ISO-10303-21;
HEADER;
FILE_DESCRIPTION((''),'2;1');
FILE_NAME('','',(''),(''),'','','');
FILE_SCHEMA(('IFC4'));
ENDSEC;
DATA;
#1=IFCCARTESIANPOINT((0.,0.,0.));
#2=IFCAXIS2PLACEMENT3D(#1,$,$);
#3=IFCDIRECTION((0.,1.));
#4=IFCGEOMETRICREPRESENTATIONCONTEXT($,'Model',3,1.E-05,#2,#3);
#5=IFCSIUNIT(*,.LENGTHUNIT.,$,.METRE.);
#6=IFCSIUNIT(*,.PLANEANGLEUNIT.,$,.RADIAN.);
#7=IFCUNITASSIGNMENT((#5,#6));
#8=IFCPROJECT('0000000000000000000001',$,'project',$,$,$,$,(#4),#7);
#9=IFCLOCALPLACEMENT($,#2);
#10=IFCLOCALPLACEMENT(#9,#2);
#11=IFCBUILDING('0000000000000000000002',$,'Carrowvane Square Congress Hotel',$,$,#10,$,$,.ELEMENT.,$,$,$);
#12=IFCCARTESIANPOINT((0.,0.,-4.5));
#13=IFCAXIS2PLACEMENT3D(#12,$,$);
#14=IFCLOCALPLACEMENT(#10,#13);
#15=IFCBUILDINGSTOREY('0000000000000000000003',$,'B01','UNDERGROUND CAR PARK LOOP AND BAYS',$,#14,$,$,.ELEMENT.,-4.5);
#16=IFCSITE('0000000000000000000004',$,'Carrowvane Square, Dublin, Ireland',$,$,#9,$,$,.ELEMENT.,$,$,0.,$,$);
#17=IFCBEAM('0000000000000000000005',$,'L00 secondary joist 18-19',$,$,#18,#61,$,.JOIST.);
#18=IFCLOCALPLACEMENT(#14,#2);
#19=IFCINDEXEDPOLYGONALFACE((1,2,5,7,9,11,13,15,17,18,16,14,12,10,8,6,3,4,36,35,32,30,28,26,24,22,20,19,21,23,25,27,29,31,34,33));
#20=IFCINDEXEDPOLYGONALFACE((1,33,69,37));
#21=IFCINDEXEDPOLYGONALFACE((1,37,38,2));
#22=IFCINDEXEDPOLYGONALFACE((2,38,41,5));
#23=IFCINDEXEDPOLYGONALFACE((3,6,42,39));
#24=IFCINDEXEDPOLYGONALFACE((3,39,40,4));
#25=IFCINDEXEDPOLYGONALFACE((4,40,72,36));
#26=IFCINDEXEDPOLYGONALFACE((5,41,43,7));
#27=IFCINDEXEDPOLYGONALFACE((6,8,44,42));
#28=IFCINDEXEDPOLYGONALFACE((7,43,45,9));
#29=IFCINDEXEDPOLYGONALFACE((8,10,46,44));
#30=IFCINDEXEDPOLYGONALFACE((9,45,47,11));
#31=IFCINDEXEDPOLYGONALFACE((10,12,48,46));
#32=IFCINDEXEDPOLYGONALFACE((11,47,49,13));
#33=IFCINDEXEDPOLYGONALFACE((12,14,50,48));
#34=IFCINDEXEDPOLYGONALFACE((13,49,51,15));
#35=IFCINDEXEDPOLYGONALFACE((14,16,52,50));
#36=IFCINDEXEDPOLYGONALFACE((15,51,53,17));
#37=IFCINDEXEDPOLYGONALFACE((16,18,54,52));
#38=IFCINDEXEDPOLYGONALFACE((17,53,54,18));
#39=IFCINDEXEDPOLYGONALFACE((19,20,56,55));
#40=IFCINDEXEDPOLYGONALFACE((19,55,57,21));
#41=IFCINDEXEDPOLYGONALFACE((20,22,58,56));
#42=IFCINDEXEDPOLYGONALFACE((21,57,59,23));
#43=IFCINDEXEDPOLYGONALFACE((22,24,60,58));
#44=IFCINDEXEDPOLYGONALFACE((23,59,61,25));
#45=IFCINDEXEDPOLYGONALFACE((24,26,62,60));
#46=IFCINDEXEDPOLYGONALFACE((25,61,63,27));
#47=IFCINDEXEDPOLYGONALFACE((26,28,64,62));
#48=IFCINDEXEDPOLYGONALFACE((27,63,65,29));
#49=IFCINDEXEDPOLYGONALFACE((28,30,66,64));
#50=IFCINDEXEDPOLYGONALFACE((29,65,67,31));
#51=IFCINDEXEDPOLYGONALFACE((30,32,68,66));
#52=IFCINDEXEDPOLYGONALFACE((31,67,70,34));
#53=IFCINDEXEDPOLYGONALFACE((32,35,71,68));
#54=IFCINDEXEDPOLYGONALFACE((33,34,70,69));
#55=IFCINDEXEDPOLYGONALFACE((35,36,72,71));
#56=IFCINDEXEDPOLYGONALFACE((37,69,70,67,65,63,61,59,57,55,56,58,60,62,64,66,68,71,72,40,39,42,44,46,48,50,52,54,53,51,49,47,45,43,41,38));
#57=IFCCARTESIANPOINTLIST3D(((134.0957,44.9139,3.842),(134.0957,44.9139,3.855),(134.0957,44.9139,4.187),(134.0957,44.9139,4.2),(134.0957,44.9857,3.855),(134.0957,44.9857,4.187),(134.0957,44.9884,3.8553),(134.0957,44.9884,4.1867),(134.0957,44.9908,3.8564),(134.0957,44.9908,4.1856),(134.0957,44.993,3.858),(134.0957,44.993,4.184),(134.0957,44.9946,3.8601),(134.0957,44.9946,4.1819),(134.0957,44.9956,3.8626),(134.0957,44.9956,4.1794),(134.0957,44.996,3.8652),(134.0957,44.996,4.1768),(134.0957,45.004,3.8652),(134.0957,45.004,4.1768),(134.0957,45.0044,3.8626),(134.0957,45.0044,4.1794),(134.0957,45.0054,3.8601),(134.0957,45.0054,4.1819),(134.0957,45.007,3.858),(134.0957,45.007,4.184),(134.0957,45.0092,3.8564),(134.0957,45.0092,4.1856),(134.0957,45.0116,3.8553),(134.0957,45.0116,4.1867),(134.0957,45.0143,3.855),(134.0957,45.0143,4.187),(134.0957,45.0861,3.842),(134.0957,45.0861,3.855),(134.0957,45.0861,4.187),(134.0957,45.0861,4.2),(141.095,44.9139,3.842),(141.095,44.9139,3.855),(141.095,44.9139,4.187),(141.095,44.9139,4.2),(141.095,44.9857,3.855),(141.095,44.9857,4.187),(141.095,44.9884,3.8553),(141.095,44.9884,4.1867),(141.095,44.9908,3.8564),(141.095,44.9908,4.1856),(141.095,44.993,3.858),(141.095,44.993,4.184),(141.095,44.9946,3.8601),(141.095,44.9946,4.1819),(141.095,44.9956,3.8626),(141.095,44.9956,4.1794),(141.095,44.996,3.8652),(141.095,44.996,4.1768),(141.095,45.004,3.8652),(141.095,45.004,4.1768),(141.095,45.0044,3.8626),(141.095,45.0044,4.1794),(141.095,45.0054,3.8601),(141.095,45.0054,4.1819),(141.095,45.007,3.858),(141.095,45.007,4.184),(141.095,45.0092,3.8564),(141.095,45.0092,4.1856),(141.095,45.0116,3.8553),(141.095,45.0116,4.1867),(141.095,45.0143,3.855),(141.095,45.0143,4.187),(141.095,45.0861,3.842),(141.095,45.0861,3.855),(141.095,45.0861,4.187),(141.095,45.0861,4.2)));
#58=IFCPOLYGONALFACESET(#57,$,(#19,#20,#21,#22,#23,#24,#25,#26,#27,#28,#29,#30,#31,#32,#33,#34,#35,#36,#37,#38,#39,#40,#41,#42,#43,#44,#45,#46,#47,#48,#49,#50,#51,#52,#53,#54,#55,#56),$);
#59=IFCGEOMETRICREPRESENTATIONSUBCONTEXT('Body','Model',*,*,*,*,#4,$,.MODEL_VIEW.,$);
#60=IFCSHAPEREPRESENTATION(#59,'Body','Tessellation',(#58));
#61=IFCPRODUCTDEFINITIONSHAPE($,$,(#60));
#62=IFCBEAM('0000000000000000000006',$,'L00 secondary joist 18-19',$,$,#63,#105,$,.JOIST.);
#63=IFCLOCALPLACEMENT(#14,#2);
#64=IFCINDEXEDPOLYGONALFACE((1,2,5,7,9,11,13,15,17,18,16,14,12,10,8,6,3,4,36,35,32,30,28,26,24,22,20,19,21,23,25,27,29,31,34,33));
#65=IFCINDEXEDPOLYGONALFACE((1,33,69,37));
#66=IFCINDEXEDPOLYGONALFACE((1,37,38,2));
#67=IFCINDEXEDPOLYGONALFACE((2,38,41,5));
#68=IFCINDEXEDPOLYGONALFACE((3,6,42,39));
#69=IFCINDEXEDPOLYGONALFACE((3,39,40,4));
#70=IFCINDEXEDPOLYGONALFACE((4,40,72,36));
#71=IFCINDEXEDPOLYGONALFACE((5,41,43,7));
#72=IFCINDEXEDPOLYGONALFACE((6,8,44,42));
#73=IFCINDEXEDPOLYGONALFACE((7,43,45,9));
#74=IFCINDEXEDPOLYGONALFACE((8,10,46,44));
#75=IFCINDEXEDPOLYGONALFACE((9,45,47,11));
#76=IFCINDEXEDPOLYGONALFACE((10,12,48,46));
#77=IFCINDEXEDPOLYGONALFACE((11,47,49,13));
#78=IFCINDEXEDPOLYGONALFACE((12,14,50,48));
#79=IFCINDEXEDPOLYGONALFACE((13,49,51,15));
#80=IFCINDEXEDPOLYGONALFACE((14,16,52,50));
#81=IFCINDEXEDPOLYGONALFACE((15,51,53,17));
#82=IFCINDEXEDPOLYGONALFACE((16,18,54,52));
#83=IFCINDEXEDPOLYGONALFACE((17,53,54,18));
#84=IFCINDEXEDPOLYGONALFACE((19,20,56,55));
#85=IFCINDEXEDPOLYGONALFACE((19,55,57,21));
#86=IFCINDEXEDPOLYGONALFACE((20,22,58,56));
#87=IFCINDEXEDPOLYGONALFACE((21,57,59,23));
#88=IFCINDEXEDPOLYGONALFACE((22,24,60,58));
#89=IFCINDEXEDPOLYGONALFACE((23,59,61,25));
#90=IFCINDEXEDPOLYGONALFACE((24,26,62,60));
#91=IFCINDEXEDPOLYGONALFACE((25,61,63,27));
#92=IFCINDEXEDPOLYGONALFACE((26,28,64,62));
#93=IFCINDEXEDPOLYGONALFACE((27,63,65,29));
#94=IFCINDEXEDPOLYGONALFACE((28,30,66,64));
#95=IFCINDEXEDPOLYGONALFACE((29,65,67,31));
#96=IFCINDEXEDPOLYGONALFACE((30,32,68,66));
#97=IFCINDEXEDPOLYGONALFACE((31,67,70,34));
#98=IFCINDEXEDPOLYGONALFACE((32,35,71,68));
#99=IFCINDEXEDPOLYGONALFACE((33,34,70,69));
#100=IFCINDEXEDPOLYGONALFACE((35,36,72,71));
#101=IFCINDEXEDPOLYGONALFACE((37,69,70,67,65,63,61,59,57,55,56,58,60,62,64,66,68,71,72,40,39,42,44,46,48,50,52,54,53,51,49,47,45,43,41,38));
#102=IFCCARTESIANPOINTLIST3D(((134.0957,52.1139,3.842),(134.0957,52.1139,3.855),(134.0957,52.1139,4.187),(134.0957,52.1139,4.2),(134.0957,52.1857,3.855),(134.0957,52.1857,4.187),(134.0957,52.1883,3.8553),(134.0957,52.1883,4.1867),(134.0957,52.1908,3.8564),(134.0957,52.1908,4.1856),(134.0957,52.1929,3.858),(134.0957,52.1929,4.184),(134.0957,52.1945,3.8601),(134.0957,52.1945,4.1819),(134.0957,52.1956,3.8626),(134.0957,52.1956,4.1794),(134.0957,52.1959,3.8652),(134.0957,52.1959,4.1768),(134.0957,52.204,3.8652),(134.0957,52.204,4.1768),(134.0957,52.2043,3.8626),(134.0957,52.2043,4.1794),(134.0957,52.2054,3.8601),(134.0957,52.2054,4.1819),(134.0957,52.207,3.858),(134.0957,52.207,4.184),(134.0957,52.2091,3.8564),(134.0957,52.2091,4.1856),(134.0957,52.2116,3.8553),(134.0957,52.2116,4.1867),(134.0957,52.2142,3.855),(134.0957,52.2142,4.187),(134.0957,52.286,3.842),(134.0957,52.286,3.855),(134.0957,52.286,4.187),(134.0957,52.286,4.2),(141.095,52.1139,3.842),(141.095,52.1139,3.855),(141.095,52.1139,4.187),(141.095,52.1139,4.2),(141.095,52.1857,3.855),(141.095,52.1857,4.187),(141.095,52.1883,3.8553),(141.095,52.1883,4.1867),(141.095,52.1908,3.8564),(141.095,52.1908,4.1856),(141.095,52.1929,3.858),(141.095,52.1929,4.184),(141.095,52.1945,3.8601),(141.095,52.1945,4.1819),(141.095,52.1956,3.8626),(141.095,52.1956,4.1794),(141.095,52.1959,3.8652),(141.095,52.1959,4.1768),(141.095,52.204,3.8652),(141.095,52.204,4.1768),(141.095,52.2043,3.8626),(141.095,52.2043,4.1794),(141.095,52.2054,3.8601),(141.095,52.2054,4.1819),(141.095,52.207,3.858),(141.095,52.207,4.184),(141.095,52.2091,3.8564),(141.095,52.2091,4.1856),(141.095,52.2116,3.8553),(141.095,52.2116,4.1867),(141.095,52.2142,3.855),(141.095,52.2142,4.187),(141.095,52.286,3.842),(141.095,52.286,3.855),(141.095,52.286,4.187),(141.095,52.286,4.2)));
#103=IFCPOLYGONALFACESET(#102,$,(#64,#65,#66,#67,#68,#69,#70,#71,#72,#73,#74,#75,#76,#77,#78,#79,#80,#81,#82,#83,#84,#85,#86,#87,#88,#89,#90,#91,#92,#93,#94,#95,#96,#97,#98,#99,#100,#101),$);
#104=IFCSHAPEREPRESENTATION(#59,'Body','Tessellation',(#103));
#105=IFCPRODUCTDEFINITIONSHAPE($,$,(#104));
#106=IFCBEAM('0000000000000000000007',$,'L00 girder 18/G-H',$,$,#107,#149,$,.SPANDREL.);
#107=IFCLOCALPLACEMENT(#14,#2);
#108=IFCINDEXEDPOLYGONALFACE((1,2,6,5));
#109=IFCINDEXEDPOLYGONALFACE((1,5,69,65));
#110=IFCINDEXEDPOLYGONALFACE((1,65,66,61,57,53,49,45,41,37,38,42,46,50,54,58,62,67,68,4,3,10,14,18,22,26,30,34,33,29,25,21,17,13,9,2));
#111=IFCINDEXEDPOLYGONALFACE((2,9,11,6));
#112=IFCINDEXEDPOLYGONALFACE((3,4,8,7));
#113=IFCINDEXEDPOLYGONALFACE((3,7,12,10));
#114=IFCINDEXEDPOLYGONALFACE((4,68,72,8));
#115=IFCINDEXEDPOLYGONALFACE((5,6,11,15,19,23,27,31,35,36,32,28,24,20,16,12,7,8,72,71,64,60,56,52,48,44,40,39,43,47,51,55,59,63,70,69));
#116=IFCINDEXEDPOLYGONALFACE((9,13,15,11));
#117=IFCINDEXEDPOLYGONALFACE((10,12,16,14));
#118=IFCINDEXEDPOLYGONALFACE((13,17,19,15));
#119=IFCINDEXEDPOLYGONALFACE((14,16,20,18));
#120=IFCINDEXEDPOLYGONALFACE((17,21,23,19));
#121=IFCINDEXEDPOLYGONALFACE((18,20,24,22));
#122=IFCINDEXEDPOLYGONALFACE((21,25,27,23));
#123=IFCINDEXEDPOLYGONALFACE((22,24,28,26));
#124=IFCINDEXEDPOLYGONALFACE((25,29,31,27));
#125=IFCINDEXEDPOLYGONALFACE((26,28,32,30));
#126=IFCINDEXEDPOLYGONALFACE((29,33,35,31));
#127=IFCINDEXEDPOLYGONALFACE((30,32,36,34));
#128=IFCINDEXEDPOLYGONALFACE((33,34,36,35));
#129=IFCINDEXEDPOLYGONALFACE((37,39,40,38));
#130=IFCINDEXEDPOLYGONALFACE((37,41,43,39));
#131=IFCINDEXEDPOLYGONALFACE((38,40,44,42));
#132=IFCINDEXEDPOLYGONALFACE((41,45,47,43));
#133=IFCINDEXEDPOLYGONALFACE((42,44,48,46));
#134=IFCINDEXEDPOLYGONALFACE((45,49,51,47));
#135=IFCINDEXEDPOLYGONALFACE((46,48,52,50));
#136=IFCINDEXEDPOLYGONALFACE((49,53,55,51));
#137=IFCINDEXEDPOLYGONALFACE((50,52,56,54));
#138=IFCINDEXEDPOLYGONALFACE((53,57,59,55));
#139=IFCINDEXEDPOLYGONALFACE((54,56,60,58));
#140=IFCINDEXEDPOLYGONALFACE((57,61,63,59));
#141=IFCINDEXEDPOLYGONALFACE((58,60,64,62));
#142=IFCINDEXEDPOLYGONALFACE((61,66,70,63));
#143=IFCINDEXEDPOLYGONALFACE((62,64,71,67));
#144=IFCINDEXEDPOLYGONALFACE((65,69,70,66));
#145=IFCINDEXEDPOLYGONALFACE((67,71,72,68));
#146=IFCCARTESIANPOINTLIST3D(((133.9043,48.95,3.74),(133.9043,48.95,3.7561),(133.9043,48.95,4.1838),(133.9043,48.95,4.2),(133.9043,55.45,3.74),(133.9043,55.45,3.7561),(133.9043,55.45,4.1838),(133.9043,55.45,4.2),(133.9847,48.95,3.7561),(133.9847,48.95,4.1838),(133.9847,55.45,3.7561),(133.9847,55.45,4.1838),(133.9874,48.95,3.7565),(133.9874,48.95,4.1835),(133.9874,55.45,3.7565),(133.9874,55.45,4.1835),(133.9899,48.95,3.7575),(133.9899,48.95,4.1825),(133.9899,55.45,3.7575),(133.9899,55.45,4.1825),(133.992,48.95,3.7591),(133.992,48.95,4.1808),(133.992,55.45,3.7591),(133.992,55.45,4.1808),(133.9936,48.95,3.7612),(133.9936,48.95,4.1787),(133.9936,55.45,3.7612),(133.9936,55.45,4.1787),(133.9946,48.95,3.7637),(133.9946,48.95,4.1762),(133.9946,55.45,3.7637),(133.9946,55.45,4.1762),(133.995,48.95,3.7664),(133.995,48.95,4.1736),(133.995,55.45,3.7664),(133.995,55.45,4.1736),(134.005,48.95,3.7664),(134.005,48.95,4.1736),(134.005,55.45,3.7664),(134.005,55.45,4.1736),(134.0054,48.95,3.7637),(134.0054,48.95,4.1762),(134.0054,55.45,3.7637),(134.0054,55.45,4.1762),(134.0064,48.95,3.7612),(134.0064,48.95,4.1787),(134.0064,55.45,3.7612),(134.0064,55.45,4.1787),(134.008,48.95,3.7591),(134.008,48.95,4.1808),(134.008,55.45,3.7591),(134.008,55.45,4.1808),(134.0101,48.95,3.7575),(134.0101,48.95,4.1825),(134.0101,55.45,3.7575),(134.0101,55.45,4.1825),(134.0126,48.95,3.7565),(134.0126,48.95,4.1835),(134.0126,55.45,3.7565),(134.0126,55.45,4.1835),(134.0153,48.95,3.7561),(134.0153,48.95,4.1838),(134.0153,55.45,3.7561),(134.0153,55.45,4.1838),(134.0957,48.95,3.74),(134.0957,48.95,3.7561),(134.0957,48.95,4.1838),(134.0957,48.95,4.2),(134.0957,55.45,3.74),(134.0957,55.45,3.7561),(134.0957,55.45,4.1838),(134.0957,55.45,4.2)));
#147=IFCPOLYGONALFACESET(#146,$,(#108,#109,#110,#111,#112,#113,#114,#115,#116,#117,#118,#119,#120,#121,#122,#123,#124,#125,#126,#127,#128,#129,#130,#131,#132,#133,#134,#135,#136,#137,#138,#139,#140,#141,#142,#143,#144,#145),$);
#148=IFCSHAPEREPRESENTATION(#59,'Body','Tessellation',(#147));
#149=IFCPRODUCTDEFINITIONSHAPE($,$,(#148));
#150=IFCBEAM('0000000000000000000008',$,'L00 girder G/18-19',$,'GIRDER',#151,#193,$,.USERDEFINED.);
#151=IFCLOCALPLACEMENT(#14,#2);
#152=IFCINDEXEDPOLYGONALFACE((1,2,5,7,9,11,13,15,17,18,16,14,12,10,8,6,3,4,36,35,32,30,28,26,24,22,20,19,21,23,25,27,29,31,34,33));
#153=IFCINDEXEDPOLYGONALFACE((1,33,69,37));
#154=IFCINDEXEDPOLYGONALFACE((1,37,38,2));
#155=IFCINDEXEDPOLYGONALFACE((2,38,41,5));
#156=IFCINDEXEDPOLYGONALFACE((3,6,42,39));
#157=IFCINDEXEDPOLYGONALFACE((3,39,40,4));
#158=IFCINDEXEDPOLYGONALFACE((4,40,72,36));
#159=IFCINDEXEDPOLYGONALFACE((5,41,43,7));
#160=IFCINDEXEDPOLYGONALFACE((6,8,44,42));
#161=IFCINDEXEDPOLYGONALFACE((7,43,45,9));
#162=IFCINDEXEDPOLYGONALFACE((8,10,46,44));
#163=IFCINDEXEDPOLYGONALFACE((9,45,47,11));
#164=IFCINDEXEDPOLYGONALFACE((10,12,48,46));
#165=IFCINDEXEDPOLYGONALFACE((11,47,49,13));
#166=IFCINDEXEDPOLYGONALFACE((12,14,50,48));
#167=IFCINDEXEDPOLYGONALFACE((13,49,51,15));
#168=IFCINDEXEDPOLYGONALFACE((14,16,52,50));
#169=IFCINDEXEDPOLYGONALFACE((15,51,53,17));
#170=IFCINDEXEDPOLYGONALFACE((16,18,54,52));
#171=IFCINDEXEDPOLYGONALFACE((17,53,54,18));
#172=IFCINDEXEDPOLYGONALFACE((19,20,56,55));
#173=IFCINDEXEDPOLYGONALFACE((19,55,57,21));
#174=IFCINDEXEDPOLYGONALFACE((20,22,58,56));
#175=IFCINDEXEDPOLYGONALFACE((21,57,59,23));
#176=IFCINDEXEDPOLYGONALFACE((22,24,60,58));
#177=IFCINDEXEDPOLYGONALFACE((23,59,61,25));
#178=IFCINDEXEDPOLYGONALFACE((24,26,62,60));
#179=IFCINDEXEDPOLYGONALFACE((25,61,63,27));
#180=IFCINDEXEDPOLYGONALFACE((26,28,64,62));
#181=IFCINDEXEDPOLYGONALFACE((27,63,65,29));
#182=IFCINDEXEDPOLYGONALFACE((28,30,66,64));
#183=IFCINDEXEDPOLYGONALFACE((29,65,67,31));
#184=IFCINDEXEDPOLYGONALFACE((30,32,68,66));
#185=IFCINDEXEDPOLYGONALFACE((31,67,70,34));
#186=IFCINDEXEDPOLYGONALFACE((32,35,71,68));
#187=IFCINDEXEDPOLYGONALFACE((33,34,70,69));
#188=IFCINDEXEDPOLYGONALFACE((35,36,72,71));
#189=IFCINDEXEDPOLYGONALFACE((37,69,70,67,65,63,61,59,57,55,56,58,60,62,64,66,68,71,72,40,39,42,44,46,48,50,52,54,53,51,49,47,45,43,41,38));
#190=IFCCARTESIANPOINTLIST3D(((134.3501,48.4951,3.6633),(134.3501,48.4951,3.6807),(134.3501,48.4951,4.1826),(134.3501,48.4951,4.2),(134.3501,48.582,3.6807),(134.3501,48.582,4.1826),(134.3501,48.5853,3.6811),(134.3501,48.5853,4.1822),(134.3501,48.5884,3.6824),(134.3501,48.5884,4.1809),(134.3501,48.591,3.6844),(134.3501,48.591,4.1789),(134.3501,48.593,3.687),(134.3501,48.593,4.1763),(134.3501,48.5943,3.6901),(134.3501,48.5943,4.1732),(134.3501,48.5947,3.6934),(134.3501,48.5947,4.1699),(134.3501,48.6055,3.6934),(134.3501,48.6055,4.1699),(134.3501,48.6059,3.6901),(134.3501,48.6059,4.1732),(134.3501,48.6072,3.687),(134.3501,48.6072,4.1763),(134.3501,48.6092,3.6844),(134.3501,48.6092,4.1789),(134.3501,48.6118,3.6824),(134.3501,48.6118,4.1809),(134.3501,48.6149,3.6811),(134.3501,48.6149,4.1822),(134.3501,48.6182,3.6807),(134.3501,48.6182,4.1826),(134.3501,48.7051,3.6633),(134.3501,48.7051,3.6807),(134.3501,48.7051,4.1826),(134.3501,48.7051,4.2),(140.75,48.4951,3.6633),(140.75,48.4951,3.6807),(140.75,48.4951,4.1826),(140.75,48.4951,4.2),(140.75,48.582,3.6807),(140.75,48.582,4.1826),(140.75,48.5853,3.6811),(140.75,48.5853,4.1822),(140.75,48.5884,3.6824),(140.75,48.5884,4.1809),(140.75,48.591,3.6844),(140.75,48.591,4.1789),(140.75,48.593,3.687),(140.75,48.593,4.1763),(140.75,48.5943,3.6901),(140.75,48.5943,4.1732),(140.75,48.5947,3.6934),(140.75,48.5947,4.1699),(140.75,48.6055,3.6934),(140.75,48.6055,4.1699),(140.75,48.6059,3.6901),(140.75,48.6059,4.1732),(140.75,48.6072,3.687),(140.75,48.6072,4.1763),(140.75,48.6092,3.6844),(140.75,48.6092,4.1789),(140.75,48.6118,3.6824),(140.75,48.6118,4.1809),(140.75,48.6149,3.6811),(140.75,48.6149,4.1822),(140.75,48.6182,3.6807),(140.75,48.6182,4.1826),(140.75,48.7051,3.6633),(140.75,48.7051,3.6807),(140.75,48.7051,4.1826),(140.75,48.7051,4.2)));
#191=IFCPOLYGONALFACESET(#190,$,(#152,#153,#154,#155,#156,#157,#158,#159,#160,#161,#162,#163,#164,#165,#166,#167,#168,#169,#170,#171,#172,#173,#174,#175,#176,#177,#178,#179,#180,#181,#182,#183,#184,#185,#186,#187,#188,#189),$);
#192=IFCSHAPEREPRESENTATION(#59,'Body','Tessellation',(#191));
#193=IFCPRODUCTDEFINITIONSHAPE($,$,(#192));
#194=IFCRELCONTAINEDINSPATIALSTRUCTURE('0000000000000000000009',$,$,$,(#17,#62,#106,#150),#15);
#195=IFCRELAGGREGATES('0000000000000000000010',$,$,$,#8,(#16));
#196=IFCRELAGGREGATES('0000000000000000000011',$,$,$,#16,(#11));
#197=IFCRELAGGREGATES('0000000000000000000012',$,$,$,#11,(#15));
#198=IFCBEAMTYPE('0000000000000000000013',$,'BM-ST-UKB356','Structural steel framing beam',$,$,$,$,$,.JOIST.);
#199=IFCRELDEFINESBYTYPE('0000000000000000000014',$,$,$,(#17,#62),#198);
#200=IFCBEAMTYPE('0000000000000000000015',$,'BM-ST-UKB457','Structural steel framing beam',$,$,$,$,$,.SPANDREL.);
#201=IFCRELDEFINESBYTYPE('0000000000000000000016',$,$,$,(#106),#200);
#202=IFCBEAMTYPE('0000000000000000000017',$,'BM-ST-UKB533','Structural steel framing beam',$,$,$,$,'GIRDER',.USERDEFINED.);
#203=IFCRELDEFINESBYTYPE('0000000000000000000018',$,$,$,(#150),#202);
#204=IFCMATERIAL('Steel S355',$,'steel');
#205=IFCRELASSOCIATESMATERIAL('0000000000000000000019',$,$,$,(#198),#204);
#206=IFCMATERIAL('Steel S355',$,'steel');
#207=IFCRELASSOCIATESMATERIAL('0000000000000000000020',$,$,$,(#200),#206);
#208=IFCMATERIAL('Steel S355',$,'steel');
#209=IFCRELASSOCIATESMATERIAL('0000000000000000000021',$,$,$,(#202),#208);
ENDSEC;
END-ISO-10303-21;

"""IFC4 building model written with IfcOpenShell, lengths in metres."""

from ifc_helpers import new_model, si_unit, direction, frame, origin, origin_2d, place, context, subcontext, project, spatial, i_section, extrude, material, material_profile, profile_set, type_object, element, save


model = new_model("IFC4")

# Units and contexts
model_context = context("Model", 3, precision=1e-05, world=origin(), true_north=direction((0.0, 1.0)))
body_context = subcontext(model_context, "Body", "Model", "MODEL_VIEW")
ifc_project = project(units=[si_unit("LENGTHUNIT", "METRE"), si_unit("PLANEANGLEUNIT", "RADIAN")], contexts=[model_context])

# Site, building, storey
site_placement = place(None, origin())
site = spatial("IfcSite", under=ifc_project, at=site_placement, Name="Carrowvane Square, Dublin, Ireland", CompositionType="ELEMENT", RefElevation=0.0)
building_placement = place(site_placement, origin())
building = spatial("IfcBuilding", under=site, at=building_placement, Name="Carrowvane Square Congress Hotel", CompositionType="ELEMENT")
storey_placement = place(building_placement, frame((0.0, 0.0, -4.5)))
storey = spatial("IfcBuildingStorey", under=building, at=storey_placement, Name="B01", Description="UNDERGROUND CAR PARK LOOP AND BAYS", CompositionType="ELEMENT", Elevation=-4.5)

# Beams
ifc_material_1 = material(Name="Steel S355", Category="steel")
ifc_material_profile_1 = material_profile(ifc_material_1, i_section(OverallWidth=0.1721, OverallDepth=0.3579, WebThickness=0.0081, FlangeThickness=0.0129, FilletRadius=0.0103, at=origin_2d()), Name="UKB 356x171x57")
ifc_profile_set_1 = profile_set([ifc_material_profile_1], Name="Steel S355")
beam_type_1 = type_object("IfcBeamType", Name="BM-ST-UKB356", Description="Structural steel framing beam", PredefinedType="JOIST", material=ifc_profile_set_1)
for number, where, z_axis, x_axis, name in (
    (1, (134.0957, 45.0, 4.021), (1.0, 0.0, 0.0), (0.0, 1.0, 0.0), "L00 secondary joist 18-19"),
    (2, (134.0957, 52.2, 4.021), (1.0, 0.0, 0.0), (0.0, 1.0, 0.0), "L00 secondary joist 18-19"),
):
    element("IfcBeam", number, at=place(storey_placement, frame(where, z_axis=z_axis, x_axis=x_axis)), inside=storey, type_object=beam_type_1, Name=name, PredefinedType="JOIST", context=body_context, shape_type="SweptSolid", body=[
        extrude(i_section(OverallWidth=0.1721, OverallDepth=0.3579, WebThickness=0.0081, FlangeThickness=0.0129, FilletRadius=0.0103, at=origin_2d()), origin(), (0.0, 0.0, 1.0), 6.9993),
    ])
ifc_material_2 = material(Name="Steel S355", Category="steel")
ifc_material_profile_2 = material_profile(ifc_material_2, i_section(OverallWidth=0.1914, OverallDepth=0.46, WebThickness=0.01, FlangeThickness=0.0161, FilletRadius=0.0103, at=origin_2d()), Name="UKB 457x191x82")
ifc_profile_set_2 = profile_set([ifc_material_profile_2], Name="Steel S355")
beam_type_2 = type_object("IfcBeamType", Name="BM-ST-UKB457", Description="Structural steel framing beam", PredefinedType="SPANDREL", material=ifc_profile_set_2)
beam_placement = place(storey_placement, frame((134.0, 48.95, 3.97), z_axis=(0.0, 1.0, 0.0), x_axis=(-1.0, 0.0, 0.0)))
element("IfcBeam", 3, at=beam_placement, inside=storey, type_object=beam_type_2, Name="L00 girder 18/G-H", PredefinedType="SPANDREL", context=body_context, shape_type="SweptSolid", body=[
    extrude(i_section(OverallWidth=0.1914, OverallDepth=0.46, WebThickness=0.01, FlangeThickness=0.0161, FilletRadius=0.0103, at=origin_2d()), origin(), (0.0, 0.0, 1.0), 6.5),
])
ifc_material_3 = material(Name="Steel S355", Category="steel")
ifc_material_profile_3 = material_profile(ifc_material_3, i_section(OverallWidth=0.21, OverallDepth=0.5366, WebThickness=0.0107, FlangeThickness=0.0173, FilletRadius=0.0127, at=origin_2d()), Name="UKB 533x210x101")
ifc_profile_set_3 = profile_set([ifc_material_profile_3], Name="Steel S355")
beam_type_3 = type_object("IfcBeamType", Name="BM-ST-UKB533", Description="Structural steel framing beam", ElementType="GIRDER", PredefinedType="USERDEFINED", material=ifc_profile_set_3)
for number, where, z_axis, x_axis, name in (
    (4, (134.3501, 48.6001, 3.9316), (1.0, 0.0, 0.0), (0.0, 1.0, 0.0), "L00 girder G/18-19"),
):
    element("IfcBeam", number, at=place(storey_placement, frame(where, z_axis=z_axis, x_axis=x_axis)), inside=storey, type_object=beam_type_3, Name=name, ObjectType="GIRDER", PredefinedType="USERDEFINED", context=body_context, shape_type="SweptSolid", body=[
        extrude(i_section(OverallWidth=0.21, OverallDepth=0.5366, WebThickness=0.0107, FlangeThickness=0.0173, FilletRadius=0.0127, at=origin_2d()), origin(), (0.0, 0.0, 1.0), 6.3999),
    ])

save(model, "model.ifc")
